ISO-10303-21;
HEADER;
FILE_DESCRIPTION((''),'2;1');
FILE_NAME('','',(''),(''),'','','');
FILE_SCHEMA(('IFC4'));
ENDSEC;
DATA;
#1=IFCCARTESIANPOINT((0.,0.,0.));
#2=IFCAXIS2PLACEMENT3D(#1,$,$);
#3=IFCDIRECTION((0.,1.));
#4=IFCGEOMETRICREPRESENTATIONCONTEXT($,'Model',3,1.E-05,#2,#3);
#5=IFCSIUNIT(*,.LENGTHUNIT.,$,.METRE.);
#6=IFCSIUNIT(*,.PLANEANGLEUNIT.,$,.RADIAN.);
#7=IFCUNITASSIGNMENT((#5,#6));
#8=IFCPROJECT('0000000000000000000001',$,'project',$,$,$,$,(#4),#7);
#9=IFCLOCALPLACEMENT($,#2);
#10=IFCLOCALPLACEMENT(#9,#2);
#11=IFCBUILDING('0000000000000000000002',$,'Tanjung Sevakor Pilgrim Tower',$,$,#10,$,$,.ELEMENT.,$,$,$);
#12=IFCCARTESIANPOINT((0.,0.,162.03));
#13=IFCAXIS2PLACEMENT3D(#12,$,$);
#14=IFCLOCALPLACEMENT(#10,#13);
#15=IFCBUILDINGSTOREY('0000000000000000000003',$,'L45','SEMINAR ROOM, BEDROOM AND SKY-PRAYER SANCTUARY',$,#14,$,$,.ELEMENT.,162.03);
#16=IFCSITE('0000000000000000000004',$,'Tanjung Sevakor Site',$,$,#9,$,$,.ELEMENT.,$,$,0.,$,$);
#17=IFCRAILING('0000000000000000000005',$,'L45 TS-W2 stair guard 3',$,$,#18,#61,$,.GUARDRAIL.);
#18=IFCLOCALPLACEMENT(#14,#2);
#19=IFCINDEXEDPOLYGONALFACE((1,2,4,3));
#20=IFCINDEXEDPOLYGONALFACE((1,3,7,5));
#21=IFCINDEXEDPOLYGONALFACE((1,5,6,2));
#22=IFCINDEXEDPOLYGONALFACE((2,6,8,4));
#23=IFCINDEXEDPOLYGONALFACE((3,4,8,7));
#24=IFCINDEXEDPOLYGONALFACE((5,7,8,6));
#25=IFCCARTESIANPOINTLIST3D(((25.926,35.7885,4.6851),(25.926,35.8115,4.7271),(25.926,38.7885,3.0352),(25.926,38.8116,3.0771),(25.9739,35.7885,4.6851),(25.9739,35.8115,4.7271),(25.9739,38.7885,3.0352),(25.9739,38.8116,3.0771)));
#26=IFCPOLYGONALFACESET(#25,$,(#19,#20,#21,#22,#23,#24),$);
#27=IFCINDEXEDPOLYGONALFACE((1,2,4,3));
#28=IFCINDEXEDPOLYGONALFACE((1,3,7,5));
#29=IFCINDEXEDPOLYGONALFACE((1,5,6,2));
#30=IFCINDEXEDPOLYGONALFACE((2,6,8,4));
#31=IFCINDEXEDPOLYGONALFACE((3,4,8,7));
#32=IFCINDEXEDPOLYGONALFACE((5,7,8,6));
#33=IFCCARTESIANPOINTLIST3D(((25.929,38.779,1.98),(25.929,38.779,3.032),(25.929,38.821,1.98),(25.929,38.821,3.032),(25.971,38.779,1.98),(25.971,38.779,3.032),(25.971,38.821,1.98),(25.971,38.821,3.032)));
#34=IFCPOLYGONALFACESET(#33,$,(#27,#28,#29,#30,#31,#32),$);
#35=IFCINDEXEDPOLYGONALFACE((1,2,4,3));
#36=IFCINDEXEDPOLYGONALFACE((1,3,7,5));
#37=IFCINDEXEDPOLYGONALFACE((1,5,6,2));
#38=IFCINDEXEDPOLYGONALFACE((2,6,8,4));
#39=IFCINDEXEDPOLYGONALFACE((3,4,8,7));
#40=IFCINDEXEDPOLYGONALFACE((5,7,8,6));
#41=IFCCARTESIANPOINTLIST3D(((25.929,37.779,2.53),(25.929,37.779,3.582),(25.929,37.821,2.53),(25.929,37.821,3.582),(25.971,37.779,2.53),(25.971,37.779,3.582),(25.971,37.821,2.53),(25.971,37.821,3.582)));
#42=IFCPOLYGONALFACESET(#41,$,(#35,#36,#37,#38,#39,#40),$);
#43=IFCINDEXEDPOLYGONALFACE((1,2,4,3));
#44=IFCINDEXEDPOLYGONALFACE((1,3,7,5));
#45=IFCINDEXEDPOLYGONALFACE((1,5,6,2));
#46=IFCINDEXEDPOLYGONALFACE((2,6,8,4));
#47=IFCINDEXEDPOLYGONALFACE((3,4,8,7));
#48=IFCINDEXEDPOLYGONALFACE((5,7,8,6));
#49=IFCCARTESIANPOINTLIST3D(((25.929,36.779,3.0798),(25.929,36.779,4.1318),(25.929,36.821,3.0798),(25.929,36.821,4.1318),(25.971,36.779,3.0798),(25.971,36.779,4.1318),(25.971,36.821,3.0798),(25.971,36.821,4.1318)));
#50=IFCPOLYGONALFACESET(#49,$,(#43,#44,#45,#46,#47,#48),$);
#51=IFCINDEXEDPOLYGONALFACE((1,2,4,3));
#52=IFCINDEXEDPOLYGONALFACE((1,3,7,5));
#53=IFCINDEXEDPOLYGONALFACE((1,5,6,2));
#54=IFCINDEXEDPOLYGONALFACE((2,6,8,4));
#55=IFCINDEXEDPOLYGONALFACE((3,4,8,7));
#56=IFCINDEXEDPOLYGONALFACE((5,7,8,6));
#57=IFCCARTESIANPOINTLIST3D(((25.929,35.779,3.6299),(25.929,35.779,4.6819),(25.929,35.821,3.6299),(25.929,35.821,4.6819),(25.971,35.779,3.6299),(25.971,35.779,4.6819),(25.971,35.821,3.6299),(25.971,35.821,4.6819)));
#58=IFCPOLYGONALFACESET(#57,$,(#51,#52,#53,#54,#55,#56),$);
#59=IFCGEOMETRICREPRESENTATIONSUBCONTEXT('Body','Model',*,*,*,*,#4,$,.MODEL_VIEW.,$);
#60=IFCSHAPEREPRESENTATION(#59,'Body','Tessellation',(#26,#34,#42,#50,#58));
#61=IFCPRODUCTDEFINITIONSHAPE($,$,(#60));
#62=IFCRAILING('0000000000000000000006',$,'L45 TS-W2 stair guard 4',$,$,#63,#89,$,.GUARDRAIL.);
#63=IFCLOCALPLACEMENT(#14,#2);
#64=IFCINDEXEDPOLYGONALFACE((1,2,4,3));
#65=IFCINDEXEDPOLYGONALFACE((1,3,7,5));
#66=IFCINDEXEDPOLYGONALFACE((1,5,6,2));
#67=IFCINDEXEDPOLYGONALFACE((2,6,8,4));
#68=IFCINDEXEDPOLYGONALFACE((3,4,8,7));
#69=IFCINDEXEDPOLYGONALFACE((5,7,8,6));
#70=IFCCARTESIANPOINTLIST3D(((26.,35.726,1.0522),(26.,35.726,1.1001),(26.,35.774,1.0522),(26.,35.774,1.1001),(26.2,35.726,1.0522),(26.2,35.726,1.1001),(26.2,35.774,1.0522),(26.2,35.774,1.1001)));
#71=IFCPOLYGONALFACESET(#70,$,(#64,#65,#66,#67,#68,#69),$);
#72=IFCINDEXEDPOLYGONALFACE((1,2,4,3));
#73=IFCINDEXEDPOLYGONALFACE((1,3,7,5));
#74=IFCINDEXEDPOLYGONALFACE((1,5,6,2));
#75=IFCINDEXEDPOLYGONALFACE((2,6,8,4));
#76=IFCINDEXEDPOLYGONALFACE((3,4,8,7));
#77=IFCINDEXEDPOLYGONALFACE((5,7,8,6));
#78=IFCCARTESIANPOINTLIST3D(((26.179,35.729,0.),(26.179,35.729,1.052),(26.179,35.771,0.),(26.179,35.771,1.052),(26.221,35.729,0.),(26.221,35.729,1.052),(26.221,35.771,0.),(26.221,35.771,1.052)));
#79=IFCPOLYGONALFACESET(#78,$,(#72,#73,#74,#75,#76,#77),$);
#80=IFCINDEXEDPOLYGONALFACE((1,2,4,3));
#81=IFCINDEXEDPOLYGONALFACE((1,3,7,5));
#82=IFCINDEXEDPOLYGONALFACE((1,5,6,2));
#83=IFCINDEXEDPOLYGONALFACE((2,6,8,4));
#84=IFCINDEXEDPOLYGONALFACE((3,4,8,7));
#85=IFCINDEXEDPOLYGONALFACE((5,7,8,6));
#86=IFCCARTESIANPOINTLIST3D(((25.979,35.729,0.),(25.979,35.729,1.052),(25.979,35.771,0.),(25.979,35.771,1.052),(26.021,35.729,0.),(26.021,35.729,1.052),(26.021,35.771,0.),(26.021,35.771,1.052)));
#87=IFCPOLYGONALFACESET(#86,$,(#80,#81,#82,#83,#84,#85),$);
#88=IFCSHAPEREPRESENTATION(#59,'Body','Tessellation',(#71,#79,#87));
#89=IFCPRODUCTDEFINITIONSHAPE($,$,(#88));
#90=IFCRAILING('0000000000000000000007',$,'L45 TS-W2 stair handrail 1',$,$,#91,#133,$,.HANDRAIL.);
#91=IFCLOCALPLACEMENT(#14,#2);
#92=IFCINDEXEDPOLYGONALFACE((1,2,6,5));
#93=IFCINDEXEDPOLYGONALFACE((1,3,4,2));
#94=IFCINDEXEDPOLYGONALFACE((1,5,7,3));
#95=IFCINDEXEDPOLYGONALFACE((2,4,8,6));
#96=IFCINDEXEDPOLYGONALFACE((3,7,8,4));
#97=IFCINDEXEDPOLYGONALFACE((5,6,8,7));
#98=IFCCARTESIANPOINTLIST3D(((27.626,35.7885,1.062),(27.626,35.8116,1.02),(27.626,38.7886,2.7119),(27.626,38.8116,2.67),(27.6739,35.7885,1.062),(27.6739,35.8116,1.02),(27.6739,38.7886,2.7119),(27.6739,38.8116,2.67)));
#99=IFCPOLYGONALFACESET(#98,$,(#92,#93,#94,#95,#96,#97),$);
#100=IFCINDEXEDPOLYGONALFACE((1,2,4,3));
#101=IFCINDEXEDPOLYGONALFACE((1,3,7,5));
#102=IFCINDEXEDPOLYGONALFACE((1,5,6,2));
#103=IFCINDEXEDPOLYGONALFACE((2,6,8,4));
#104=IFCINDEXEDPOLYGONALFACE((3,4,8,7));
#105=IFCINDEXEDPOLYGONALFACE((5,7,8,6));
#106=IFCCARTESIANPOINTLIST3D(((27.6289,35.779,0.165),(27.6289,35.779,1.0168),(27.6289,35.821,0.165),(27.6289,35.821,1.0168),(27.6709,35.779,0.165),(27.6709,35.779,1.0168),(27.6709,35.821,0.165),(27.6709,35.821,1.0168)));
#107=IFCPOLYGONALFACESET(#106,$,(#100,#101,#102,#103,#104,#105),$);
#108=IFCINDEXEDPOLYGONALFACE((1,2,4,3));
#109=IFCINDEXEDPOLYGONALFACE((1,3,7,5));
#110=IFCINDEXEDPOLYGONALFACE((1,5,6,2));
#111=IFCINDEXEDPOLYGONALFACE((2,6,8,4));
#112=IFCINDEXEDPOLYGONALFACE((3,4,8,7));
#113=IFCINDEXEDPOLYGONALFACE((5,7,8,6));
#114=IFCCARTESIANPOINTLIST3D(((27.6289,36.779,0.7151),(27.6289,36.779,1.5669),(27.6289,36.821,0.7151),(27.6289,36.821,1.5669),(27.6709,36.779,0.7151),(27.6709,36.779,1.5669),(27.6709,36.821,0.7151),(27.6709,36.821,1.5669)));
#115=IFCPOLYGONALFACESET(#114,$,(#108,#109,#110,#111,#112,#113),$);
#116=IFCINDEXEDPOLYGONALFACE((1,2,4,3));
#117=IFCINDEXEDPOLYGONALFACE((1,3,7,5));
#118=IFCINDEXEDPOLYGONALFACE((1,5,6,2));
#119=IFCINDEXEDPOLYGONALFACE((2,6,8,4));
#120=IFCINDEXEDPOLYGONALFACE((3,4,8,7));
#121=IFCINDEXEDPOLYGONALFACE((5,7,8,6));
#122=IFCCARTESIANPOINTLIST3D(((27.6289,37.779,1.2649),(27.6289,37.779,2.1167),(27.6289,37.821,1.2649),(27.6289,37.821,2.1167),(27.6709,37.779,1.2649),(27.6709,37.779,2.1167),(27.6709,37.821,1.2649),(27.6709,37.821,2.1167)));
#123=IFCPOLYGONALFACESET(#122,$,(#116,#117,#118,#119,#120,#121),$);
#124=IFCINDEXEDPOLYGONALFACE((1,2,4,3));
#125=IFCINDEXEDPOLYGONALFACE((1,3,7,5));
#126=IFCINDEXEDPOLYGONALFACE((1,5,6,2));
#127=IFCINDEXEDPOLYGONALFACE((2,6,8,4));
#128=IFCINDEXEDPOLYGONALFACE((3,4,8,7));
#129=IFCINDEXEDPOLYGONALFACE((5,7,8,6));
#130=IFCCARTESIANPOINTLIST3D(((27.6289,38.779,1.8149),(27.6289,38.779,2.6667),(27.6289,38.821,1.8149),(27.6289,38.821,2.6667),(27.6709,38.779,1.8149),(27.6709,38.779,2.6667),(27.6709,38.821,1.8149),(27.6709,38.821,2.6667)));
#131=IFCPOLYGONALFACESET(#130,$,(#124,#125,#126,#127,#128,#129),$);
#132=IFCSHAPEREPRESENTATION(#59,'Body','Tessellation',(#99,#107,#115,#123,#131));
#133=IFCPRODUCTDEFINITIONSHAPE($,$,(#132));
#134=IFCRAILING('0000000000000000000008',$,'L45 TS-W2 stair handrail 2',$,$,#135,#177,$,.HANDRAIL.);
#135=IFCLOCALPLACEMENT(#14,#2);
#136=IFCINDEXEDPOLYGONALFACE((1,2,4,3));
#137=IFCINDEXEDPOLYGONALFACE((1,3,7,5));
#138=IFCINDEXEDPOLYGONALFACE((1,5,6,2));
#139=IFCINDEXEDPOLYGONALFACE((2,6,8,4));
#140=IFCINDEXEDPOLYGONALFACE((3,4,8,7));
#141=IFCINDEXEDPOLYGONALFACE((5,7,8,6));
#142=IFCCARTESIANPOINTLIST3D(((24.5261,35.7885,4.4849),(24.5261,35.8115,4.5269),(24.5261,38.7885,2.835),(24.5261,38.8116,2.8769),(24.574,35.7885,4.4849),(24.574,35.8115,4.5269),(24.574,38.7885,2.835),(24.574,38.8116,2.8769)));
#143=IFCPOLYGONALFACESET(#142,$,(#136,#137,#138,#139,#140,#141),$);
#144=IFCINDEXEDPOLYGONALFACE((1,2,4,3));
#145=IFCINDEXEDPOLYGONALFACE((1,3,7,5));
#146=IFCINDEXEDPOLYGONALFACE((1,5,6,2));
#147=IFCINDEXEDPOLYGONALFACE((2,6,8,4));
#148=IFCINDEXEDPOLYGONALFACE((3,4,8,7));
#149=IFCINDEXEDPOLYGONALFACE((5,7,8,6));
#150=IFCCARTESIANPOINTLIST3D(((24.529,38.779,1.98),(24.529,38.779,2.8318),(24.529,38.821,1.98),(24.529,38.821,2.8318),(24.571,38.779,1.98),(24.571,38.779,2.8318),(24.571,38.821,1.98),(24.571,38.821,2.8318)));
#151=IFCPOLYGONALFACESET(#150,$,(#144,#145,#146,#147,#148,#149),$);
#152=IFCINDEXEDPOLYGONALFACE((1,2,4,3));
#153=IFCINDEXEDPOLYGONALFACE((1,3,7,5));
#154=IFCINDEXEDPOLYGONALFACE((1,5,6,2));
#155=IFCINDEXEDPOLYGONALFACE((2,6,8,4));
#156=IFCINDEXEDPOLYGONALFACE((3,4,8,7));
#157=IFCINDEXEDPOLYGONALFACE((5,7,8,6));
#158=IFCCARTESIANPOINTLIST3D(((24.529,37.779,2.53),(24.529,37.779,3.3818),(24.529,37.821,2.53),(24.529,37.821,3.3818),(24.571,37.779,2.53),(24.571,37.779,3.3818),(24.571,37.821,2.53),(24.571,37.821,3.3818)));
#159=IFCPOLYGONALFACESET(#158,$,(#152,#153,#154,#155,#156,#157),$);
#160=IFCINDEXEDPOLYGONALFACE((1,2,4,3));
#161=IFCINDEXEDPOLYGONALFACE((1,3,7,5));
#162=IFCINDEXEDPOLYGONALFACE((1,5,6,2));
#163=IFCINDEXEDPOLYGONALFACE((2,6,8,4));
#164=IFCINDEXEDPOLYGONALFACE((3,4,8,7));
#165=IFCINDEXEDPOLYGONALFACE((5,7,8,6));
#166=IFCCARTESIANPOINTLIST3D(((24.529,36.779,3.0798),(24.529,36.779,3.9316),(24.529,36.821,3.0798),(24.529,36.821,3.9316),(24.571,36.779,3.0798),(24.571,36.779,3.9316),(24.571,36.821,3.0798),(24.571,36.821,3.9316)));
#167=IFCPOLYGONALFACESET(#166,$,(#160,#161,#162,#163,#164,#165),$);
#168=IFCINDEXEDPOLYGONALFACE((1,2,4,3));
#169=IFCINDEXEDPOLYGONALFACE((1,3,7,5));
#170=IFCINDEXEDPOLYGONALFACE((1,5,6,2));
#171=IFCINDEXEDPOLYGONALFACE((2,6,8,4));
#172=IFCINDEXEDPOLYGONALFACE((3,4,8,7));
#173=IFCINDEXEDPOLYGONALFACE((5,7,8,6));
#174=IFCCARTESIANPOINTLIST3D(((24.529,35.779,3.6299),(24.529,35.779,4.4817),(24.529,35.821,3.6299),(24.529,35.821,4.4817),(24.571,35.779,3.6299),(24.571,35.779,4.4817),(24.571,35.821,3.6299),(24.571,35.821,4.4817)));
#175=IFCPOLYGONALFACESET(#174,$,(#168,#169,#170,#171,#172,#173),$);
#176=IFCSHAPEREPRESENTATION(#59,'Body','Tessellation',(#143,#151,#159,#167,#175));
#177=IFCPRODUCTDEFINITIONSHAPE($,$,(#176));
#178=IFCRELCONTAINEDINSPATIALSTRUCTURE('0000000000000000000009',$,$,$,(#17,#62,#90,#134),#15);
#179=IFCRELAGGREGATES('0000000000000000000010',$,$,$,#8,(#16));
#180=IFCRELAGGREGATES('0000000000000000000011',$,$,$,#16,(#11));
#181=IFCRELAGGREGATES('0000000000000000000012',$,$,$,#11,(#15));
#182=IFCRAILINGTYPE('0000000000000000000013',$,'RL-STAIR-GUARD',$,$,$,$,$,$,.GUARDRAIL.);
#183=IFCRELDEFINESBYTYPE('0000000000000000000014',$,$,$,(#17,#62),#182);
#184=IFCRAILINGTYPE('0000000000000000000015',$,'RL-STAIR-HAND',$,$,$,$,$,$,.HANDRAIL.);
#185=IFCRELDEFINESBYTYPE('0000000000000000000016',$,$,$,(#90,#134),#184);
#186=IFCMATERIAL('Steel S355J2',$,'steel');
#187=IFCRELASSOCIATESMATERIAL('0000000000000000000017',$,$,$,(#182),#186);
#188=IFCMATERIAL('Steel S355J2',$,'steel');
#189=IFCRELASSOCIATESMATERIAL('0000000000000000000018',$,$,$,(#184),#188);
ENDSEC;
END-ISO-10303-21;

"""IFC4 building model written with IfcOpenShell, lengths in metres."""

from ifc_helpers import new_model, si_unit, direction, frame, origin, place, context, subcontext, project, spatial, rectangle, extrude, material, type_object, element, save


model = new_model("IFC4")

# Units and contexts
model_context = context("Model", 3, precision=1e-05, world=origin(), true_north=direction((0.0, 1.0)))
body_context = subcontext(model_context, "Body", "Model", "MODEL_VIEW")
ifc_project = project(units=[si_unit("LENGTHUNIT", "METRE"), si_unit("PLANEANGLEUNIT", "RADIAN")], contexts=[model_context])

# Site, building, storey
site_placement = place(None, origin())
site = spatial("IfcSite", under=ifc_project, at=site_placement, Name="Tanjung Sevakor Site", CompositionType="ELEMENT", RefElevation=0.0)
building_placement = place(site_placement, origin())
building = spatial("IfcBuilding", under=site, at=building_placement, Name="Tanjung Sevakor Pilgrim Tower", CompositionType="ELEMENT")
storey_placement = place(building_placement, frame((0.0, 0.0, 162.03)))
storey = spatial("IfcBuildingStorey", under=building, at=storey_placement, Name="L45", Description="SEMINAR ROOM, BEDROOM AND SKY-PRAYER SANCTUARY", CompositionType="ELEMENT", Elevation=162.03)

# Railings
ifc_material_1 = material(Name="Steel S355J2", Category="steel")
railing_type_1 = type_object("IfcRailingType", Name="RL-STAIR-GUARD", PredefinedType="GUARDRAIL", material=ifc_material_1)
railing_1_placement = place(storey_placement, frame((25.95, 38.8, 1.98)))
element("IfcRailing", 1, at=railing_1_placement, inside=storey, type_object=railing_type_1, Name="L45 TS-W2 stair guard 3", PredefinedType="GUARDRAIL", context=body_context, shape_type="SweptSolid", body=[
    extrude(rectangle(XDim=0.0479, YDim=0.0479), frame((0.0, 0.0, 1.0762), z_axis=(0.0, -0.876228, 0.481897), x_axis=(1.0, 0.0, 0.0)), (0.0, 0.0, 1.0), 3.4238),
    extrude(rectangle(XDim=0.042, YDim=0.042), origin(), (0.0, 0.0, 1.0), 1.052),
    extrude(rectangle(XDim=0.042, YDim=0.042), frame((0.0, -1.0, 0.55)), (0.0, 0.0, 1.0), 1.052),
    extrude(rectangle(XDim=0.042, YDim=0.042), frame((0.0, -2.0, 1.0999)), (0.0, 0.0, 1.0), 1.052),
    extrude(rectangle(XDim=0.042, YDim=0.042), frame((0.0, -3.0, 1.6499)), (0.0, 0.0, 1.0), 1.052),
])
railing_2_placement = place(storey_placement, frame((26.2, 35.75, 0.0)))
element("IfcRailing", 2, at=railing_2_placement, inside=storey, type_object=railing_type_1, Name="L45 TS-W2 stair guard 4", PredefinedType="GUARDRAIL", context=body_context, shape_type="SweptSolid", body=[
    extrude(rectangle(XDim=0.0479, YDim=0.0479), frame((0.0, 0.0, 1.0762), z_axis=(-1.0, 0.0, 0.0), x_axis=(0.0, -1.0, 0.0)), (0.0, 0.0, 1.0), 0.2),
    extrude(rectangle(XDim=0.042, YDim=0.042), origin(), (0.0, 0.0, 1.0), 1.052),
    extrude(rectangle(XDim=0.042, YDim=0.042), frame((-0.2, 0.0, 0.0)), (0.0, 0.0, 1.0), 1.052),
])
ifc_material_2 = material(Name="Steel S355J2", Category="steel")
railing_type_2 = type_object("IfcRailingType", Name="RL-STAIR-HAND", PredefinedType="HANDRAIL", material=ifc_material_2)
railing_3_placement = place(storey_placement, frame((27.6499, 35.8, 0.165)))
element("IfcRailing", 3, at=railing_3_placement, inside=storey, type_object=railing_type_2, Name="L45 TS-W2 stair handrail 1", PredefinedType="HANDRAIL", context=body_context, shape_type="SweptSolid", body=[
    extrude(rectangle(XDim=0.0479, YDim=0.0479), frame((0.0, 0.0, 0.876), z_axis=(0.0, 0.876228, 0.481897), x_axis=(-1.0, 0.0, 0.0)), (0.0, 0.0, 1.0), 3.4238),
    extrude(rectangle(XDim=0.042, YDim=0.042), origin(), (0.0, 0.0, 1.0), 0.8518),
    extrude(rectangle(XDim=0.042, YDim=0.042), frame((0.0, 1.0, 0.55)), (0.0, 0.0, 1.0), 0.8518),
    extrude(rectangle(XDim=0.042, YDim=0.042), frame((0.0, 2.0, 1.0999)), (0.0, 0.0, 1.0), 0.8518),
    extrude(rectangle(XDim=0.042, YDim=0.042), frame((0.0, 3.0, 1.6499)), (0.0, 0.0, 1.0), 0.8518),
])
railing_4_placement = place(storey_placement, frame((24.55, 38.8, 1.98)))
element("IfcRailing", 4, at=railing_4_placement, inside=storey, type_object=railing_type_2, Name="L45 TS-W2 stair handrail 2", PredefinedType="HANDRAIL", context=body_context, shape_type="SweptSolid", body=[
    extrude(rectangle(XDim=0.0479, YDim=0.0479), frame((0.0, 0.0, 0.876), z_axis=(0.0, -0.876228, 0.481897), x_axis=(1.0, 0.0, 0.0)), (0.0, 0.0, 1.0), 3.4238),
    extrude(rectangle(XDim=0.042, YDim=0.042), origin(), (0.0, 0.0, 1.0), 0.8518),
    extrude(rectangle(XDim=0.042, YDim=0.042), frame((0.0, -1.0, 0.55)), (0.0, 0.0, 1.0), 0.8518),
    extrude(rectangle(XDim=0.042, YDim=0.042), frame((0.0, -2.0, 1.0999)), (0.0, 0.0, 1.0), 0.8518),
    extrude(rectangle(XDim=0.042, YDim=0.042), frame((0.0, -3.0, 1.6499)), (0.0, 0.0, 1.0), 0.8518),
])

save(model, "model.ifc")
